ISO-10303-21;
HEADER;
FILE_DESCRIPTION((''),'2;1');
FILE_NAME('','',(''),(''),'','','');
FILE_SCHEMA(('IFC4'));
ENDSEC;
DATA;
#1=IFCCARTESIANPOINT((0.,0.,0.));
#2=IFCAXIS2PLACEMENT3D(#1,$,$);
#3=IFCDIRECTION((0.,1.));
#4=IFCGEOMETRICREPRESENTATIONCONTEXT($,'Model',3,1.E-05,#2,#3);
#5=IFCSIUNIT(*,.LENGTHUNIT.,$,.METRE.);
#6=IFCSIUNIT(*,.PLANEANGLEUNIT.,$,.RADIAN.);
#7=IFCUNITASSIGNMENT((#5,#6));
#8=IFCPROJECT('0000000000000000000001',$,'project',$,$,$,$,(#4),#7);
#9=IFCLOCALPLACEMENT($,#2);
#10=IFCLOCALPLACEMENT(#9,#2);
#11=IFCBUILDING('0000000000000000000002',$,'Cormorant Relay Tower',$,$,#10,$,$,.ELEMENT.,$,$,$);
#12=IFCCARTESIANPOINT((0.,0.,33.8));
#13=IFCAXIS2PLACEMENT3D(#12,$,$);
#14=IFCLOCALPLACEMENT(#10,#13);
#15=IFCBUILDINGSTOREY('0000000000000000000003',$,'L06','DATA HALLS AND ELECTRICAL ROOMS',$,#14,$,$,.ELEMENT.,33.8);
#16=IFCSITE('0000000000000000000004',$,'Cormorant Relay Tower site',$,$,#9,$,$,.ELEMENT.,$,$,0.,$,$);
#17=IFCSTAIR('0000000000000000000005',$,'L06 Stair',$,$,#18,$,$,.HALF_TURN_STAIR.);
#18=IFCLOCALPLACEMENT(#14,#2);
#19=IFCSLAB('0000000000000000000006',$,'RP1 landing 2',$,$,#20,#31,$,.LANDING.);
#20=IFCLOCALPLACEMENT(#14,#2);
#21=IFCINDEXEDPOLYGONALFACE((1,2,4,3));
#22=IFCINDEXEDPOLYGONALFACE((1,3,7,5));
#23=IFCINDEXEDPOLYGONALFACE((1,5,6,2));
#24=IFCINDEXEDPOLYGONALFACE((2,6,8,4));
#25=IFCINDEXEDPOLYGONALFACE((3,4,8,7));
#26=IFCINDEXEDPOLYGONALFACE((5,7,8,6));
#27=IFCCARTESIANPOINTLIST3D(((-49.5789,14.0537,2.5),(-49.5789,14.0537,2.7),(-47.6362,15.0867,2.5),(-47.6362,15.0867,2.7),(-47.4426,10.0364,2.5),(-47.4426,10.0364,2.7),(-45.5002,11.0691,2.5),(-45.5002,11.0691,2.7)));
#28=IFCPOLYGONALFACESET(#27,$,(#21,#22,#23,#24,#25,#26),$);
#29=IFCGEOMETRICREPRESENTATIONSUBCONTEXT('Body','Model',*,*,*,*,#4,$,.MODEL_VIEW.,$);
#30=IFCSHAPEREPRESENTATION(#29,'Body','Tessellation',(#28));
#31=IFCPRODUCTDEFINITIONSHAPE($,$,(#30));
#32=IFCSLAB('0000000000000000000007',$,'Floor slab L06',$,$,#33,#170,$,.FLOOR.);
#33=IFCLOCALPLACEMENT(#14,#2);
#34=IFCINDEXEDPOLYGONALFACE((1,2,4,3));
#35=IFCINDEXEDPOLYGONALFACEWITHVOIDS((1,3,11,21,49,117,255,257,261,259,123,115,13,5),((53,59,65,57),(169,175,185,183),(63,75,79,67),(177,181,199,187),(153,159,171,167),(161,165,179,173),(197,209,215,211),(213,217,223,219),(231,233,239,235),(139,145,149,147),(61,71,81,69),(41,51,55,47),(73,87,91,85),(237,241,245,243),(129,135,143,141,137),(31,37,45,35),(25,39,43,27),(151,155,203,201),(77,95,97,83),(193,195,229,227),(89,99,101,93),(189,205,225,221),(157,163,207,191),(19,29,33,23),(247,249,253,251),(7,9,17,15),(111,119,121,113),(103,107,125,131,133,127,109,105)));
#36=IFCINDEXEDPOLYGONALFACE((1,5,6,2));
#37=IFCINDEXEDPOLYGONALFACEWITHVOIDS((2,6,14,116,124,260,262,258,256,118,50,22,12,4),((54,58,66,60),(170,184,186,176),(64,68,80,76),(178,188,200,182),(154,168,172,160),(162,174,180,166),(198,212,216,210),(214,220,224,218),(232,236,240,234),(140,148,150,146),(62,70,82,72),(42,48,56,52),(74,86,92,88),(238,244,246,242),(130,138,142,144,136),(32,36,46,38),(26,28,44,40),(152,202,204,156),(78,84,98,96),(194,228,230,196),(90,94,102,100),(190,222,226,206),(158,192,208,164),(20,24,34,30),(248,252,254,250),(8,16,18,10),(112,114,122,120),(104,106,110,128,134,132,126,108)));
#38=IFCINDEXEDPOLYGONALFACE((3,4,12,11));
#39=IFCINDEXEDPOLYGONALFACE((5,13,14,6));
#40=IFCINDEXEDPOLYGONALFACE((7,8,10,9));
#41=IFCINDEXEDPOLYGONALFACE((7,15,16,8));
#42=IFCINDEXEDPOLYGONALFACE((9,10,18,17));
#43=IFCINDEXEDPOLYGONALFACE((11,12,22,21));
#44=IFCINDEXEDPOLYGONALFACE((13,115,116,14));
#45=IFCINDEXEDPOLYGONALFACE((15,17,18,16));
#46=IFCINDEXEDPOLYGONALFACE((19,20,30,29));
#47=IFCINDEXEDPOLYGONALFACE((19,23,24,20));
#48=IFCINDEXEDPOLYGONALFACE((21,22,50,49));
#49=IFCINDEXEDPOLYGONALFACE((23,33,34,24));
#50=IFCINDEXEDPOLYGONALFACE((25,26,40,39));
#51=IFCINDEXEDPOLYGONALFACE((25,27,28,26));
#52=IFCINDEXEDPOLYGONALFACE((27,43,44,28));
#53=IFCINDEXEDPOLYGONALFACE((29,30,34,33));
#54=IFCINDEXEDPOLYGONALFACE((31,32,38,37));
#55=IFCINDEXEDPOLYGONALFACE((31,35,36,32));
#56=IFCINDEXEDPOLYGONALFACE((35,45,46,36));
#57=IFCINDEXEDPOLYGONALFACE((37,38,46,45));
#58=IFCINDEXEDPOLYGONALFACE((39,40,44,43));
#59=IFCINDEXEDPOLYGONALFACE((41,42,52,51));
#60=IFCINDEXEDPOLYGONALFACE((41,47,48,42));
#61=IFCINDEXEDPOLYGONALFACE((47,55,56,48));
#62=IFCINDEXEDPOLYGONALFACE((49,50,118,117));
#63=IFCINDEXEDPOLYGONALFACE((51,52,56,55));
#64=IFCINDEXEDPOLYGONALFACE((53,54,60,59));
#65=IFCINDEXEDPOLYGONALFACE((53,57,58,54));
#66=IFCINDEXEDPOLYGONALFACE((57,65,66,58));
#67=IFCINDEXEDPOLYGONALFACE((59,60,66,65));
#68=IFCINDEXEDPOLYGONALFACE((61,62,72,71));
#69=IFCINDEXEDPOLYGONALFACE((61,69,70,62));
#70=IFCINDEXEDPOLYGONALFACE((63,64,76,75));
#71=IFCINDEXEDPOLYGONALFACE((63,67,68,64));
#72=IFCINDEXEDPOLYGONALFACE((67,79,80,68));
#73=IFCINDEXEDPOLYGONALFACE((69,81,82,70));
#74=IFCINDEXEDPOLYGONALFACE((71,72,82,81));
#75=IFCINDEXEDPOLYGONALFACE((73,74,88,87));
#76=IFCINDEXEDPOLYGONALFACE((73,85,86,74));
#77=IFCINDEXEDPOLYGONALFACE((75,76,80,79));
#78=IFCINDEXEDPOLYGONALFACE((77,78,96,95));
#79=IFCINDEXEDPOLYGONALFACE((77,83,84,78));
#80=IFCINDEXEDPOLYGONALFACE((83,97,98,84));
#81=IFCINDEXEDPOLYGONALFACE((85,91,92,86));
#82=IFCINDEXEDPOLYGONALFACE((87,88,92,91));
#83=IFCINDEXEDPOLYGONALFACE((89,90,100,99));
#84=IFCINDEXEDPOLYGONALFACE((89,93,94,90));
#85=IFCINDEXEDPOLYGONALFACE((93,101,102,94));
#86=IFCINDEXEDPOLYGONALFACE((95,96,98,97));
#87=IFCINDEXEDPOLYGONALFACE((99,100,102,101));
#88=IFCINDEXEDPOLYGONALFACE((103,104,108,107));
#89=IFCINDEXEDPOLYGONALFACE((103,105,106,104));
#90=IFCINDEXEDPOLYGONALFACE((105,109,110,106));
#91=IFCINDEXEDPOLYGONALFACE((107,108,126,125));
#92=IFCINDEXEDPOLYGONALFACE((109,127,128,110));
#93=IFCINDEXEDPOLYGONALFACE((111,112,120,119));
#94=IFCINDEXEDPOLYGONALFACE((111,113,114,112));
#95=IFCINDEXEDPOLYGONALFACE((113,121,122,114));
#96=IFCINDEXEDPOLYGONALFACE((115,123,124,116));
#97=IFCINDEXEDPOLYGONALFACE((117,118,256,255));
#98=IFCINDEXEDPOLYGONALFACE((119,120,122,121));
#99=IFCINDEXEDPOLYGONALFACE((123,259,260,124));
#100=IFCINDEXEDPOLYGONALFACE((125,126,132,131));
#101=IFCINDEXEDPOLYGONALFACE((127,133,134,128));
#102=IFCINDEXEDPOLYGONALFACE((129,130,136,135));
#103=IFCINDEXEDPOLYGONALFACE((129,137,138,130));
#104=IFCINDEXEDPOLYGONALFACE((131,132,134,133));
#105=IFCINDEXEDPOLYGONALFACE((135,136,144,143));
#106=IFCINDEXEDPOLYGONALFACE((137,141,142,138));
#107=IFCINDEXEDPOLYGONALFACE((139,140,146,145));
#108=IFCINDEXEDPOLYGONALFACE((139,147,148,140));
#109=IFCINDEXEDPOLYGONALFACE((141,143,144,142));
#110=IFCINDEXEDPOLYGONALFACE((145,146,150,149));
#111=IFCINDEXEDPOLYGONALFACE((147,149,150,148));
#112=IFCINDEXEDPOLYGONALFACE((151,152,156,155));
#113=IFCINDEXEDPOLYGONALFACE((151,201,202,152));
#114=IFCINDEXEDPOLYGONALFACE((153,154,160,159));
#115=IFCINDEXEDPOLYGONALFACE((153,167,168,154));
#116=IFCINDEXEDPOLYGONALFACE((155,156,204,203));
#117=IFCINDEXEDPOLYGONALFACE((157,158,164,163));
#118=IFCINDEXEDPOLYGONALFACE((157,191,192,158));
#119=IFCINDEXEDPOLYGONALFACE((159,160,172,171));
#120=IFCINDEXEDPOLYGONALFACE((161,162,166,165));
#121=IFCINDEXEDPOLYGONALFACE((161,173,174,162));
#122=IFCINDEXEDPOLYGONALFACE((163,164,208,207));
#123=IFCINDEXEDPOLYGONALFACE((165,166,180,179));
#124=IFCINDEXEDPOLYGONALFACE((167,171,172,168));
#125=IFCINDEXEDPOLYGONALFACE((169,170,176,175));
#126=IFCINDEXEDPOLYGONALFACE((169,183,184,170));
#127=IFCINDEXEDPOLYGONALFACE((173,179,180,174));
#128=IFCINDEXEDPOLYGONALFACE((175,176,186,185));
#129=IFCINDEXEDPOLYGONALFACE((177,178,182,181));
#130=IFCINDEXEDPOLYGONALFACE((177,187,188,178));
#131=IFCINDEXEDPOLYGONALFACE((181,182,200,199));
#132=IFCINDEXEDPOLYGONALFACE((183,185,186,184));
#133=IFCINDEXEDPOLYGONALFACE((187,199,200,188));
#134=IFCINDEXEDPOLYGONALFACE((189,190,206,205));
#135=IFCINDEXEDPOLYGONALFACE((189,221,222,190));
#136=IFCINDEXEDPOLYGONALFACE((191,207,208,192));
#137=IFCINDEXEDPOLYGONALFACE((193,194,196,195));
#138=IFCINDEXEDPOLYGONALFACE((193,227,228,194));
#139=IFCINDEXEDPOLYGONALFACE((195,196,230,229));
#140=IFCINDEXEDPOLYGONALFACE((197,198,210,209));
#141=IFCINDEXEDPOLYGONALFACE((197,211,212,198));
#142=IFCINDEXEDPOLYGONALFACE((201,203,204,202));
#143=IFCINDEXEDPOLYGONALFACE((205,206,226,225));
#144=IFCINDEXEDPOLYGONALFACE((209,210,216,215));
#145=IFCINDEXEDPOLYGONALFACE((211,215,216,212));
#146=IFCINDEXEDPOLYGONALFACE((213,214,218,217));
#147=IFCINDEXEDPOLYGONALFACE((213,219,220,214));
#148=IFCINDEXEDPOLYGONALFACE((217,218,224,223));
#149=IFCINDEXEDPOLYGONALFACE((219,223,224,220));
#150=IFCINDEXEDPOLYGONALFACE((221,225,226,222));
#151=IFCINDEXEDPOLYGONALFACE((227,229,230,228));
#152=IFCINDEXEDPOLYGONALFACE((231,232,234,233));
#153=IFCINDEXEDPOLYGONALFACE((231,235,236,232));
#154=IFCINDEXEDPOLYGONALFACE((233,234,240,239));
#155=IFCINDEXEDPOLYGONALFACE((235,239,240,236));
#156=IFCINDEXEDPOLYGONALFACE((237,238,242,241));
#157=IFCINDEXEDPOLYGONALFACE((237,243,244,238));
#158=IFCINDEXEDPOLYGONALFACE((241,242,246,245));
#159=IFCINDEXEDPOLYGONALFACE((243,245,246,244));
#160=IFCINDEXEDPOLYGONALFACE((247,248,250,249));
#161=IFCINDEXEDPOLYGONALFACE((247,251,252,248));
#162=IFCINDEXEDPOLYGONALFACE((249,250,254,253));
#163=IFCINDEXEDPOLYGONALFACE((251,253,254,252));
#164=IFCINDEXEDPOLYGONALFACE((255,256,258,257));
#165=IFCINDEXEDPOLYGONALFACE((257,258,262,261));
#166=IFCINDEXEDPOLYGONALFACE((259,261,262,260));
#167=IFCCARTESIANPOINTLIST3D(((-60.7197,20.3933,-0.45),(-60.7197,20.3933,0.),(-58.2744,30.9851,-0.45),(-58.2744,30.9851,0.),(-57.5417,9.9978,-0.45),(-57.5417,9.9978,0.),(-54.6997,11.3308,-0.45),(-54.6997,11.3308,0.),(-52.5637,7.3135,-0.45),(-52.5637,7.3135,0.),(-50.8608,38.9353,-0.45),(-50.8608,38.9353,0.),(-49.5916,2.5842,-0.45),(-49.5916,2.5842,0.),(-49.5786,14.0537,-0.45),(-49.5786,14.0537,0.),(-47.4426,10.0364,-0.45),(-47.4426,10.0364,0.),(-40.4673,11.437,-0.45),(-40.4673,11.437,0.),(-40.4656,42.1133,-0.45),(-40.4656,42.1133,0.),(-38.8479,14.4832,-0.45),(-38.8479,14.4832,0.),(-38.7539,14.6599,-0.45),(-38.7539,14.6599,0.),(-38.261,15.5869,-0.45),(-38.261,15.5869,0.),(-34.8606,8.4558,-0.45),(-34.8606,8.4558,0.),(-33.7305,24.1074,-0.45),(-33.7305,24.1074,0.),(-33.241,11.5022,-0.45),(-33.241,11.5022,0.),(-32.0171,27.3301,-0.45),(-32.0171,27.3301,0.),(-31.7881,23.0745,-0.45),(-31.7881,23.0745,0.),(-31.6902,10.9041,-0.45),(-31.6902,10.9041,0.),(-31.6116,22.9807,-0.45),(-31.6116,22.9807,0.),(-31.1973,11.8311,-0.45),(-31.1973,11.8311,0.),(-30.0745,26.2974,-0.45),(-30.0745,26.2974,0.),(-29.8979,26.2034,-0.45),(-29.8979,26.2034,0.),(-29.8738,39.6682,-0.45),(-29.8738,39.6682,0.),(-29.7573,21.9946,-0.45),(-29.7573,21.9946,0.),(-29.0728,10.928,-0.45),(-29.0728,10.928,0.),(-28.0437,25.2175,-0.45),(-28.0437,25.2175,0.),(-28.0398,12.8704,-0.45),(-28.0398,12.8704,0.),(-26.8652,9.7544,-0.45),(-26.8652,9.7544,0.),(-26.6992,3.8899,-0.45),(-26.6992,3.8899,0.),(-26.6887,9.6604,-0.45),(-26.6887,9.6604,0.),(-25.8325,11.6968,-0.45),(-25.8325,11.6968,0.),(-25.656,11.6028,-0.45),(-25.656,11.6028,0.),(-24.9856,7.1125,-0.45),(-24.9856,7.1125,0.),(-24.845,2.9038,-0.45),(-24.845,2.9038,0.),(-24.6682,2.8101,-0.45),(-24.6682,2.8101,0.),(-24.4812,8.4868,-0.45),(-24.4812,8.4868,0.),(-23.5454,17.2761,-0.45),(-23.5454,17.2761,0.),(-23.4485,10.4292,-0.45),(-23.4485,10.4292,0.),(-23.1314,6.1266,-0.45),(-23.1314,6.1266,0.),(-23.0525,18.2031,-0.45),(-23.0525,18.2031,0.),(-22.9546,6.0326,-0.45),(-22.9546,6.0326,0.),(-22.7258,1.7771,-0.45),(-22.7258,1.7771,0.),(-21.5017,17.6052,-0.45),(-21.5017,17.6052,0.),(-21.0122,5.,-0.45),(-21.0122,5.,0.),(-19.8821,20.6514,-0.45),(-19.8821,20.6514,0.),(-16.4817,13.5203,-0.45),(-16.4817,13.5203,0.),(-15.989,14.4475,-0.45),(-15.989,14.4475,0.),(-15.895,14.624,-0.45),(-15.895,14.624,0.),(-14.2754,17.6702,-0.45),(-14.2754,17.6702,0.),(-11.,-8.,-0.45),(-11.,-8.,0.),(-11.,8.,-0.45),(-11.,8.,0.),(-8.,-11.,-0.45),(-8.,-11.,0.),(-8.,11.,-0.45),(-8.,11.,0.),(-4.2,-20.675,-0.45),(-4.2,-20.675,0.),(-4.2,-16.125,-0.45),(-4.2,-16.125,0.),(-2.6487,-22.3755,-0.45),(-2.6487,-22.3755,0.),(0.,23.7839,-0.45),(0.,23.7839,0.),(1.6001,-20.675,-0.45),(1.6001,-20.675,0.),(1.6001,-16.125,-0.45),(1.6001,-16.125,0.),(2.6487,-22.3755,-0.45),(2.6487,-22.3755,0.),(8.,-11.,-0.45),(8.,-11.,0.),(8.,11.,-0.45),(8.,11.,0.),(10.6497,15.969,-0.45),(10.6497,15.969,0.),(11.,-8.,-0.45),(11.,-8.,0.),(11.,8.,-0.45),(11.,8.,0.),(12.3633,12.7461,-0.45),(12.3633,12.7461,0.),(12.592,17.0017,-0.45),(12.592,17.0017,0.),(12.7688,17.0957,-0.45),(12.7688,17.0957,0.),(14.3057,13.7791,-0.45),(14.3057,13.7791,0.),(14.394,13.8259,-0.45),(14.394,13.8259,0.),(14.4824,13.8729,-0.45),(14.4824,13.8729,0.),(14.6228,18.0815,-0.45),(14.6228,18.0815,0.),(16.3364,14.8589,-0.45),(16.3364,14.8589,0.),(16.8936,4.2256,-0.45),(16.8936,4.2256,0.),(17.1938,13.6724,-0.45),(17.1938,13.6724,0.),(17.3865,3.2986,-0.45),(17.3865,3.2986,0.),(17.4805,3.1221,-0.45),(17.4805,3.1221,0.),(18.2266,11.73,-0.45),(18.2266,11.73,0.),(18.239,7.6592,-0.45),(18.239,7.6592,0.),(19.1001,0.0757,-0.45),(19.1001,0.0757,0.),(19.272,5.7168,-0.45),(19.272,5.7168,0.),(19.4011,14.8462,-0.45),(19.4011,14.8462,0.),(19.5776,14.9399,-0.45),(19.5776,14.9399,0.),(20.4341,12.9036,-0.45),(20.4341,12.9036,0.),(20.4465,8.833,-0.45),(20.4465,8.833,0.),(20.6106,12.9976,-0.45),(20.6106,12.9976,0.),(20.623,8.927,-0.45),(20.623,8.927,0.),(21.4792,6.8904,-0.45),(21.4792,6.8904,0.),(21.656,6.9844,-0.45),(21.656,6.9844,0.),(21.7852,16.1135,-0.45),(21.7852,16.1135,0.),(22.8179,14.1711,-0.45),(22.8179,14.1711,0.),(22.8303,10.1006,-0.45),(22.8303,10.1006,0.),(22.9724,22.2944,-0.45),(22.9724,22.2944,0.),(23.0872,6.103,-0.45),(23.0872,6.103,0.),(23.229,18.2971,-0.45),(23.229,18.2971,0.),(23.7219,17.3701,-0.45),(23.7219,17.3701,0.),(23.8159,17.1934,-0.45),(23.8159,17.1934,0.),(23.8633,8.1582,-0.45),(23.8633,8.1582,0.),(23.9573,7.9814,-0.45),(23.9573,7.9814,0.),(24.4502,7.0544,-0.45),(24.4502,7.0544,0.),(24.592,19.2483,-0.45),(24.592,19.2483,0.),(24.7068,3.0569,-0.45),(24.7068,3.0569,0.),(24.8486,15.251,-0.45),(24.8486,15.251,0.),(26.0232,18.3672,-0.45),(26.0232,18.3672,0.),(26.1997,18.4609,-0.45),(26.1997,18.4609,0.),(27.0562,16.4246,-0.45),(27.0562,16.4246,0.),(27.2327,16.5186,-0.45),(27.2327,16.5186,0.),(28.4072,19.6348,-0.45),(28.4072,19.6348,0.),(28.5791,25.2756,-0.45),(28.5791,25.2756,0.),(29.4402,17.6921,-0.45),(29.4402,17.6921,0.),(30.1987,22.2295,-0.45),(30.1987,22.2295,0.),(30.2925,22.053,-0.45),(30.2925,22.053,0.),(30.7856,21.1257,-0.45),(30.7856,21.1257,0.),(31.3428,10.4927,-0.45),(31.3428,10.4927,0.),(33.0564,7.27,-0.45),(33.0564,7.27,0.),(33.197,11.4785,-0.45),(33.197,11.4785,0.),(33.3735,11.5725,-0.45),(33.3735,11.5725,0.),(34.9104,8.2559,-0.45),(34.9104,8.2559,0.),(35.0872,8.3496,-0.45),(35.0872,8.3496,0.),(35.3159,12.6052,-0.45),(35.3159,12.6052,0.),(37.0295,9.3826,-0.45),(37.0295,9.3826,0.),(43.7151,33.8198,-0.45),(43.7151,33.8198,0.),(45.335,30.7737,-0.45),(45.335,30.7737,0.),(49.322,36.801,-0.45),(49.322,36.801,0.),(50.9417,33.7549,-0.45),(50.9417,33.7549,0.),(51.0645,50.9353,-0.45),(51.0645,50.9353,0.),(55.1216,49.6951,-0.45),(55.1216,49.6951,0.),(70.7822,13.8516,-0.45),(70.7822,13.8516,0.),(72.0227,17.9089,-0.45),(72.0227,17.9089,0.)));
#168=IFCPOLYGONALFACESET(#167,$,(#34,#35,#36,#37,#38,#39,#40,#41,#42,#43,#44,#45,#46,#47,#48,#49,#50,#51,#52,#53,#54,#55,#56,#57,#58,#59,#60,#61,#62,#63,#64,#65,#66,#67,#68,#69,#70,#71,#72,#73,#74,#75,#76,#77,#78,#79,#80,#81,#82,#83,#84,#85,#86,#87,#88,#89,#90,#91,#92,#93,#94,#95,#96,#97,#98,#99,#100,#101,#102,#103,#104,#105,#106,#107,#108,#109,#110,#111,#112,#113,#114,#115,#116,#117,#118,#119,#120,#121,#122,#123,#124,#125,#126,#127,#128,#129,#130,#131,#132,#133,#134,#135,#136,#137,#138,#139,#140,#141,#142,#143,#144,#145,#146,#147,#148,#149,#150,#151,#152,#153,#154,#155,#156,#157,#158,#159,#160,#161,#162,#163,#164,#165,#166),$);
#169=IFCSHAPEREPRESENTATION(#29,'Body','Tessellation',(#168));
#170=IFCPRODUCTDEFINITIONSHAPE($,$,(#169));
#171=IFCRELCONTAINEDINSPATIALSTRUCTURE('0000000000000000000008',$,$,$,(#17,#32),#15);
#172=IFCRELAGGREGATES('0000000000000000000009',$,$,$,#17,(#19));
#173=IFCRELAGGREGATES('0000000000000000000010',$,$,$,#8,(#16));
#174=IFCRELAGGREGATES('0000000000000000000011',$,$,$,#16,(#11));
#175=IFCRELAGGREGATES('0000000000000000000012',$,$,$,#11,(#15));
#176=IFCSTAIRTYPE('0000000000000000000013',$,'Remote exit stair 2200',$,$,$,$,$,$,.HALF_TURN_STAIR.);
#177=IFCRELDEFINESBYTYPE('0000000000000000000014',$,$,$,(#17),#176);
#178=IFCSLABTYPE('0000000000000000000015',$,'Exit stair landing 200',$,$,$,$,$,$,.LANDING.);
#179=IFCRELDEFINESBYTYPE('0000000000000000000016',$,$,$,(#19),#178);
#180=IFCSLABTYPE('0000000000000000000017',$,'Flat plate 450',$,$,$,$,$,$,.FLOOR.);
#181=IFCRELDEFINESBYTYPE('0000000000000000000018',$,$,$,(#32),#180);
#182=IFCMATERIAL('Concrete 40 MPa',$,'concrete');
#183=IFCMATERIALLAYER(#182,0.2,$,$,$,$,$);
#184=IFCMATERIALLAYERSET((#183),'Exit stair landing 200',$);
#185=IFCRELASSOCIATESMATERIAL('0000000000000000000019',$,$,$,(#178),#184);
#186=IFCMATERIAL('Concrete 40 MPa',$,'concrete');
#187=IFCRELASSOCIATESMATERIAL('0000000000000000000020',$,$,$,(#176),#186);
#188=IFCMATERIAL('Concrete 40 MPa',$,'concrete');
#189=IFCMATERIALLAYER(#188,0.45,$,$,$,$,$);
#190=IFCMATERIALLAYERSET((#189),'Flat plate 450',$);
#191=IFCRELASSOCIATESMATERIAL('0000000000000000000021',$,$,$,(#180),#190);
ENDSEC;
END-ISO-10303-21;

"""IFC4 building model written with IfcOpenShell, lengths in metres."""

from ifc_helpers import new_model, si_unit, direction, frame, origin, place, context, subcontext, project, spatial, polyline, outline, extrude, material, layer, layer_set, type_object, element, aggregate, save


model = new_model("IFC4")

# Units and contexts
model_context = context("Model", 3, precision=1e-05, world=origin(), true_north=direction((0.0, 1.0)))
body_context = subcontext(model_context, "Body", "Model", "MODEL_VIEW")
ifc_project = project(units=[si_unit("LENGTHUNIT", "METRE"), si_unit("PLANEANGLEUNIT", "RADIAN")], contexts=[model_context])

# Site, building, storey
site_placement = place(None, origin())
site = spatial("IfcSite", under=ifc_project, at=site_placement, Name="Cormorant Relay Tower site", CompositionType="ELEMENT", RefElevation=0.0)
building_placement = place(site_placement, origin())
building = spatial("IfcBuilding", under=site, at=building_placement, Name="Cormorant Relay Tower", CompositionType="ELEMENT")
storey_placement = place(building_placement, frame((0.0, 0.0, 33.8)))
storey = spatial("IfcBuildingStorey", under=building, at=storey_placement, Name="L06", Description="DATA HALLS AND ELECTRICAL ROOMS", CompositionType="ELEMENT", Elevation=33.8)

# Shared definitions
ifc_material_1 = material(Name="Concrete 40 MPa", Category="concrete")
ifc_layer_1 = layer(ifc_material_1, 0.2)
ifc_layer_set_1 = layer_set([ifc_layer_1], Name="Exit stair landing 200")
slab_type_1 = type_object("IfcSlabType", Name="Exit stair landing 200", PredefinedType="LANDING", material=ifc_layer_set_1)

# Stair, slab
ifc_material_2 = material(Name="Concrete 40 MPa", Category="concrete")
stair_type_1 = type_object("IfcStairType", Name="Remote exit stair 2200", PredefinedType="HALF_TURN_STAIR", material=ifc_material_2)
stair_1_placement = place(storey_placement, origin())
stair_1 = element("IfcStair", 1, at=stair_1_placement, inside=storey, type_object=stair_type_1, Name="L06 Stair", PredefinedType="HALF_TURN_STAIR")
slab_1_placement = place(storey_placement, frame((0.0, 0.0, 2.5)))
slab_1 = element("IfcSlab", 2, at=slab_1_placement, type_object=slab_type_1, Name="RP1 landing 2", PredefinedType="LANDING", context=body_context, shape_type="SweptSolid", body=[
    extrude(outline(polyline([(-47.6362, 15.0867), (-49.5789, 14.0537), (-47.4426, 10.0364), (-45.5002, 11.0691), (-47.6362, 15.0867)])), origin(), (0.0, 0.0, 1.0), 0.2),
])
aggregate(stair_1, [slab_1])

# Slab
ifc_material_3 = material(Name="Concrete 40 MPa", Category="concrete")
ifc_layer_2 = layer(ifc_material_3, 0.45)
ifc_layer_set_2 = layer_set([ifc_layer_2], Name="Flat plate 450")
slab_type_2 = type_object("IfcSlabType", Name="Flat plate 450", PredefinedType="FLOOR", material=ifc_layer_set_2)
slab_2_placement = place(storey_placement, frame((0.0, 0.0, -0.45)))
element("IfcSlab", 3, at=slab_2_placement, inside=storey, type_object=slab_type_2, Name="Floor slab L06", PredefinedType="FLOOR", context=body_context, shape_type="SweptSolid", body=[
    extrude(outline(polyline([(-60.7197, 20.3933), (-58.2744, 30.9851), (-50.8608, 38.9353), (-40.4656, 42.1133), (-29.8738, 39.6682), (0.0, 23.7839), (51.0645, 50.9353), (55.1216, 49.6951), (72.0227, 17.9089), (70.7822, 13.8516), (2.6487, -22.3755), (-2.6487, -22.3755), (-49.5916, 2.5842), (-57.5417, 9.9978), (-60.7197, 20.3933)]), holes=[polyline([(11.0, -8.0), (11.0, 8.0), (8.0, 11.0), (-8.0, 11.0), (-11.0, 8.0), (-11.0, -8.0), (-8.0, -11.0), (8.0, -11.0), (11.0, -8.0)]), polyline([(-4.2, -16.125), (-4.2, -20.675), (1.6001, -20.675), (1.6001, -16.125), (-4.2, -16.125)]), polyline([(-22.9546, 6.0327), (-24.6682, 2.8101), (-22.7258, 1.7771), (-21.0122, 5.0), (-23.043, 6.0796), (-22.9546, 6.0327)]), polyline([(-24.9856, 7.1125), (-26.6992, 3.8899), (-24.845, 2.9038), (-23.1313, 6.1267), (-23.043, 6.0796), (-24.9856, 7.1125)]), polyline([(-26.6887, 9.6604), (-24.4812, 8.4868), (-23.4485, 10.4292), (-25.656, 11.6028), (-26.6887, 9.6604)]), polyline([(-49.5786, 14.0537), (-54.6997, 11.3308), (-52.5637, 7.3135), (-47.4426, 10.0364), (-49.5786, 14.0537)]), polyline([(-28.0398, 12.8704), (-29.0728, 10.928), (-26.8652, 9.7544), (-25.8325, 11.6968), (-28.0398, 12.8704)]), polyline([(-38.8479, 14.4832), (-40.4673, 11.437), (-34.8606, 8.4558), (-33.241, 11.5022), (-38.8479, 14.4832)]), polyline([(-38.261, 15.5869), (-38.7539, 14.6599), (-31.6902, 10.9041), (-31.1973, 11.8311), (-38.261, 15.5869)]), polyline([(14.3057, 13.7791), (12.592, 17.0017), (10.6497, 15.969), (12.3633, 12.7461), (14.394, 13.8259), (14.3057, 13.7791)]), polyline([(16.3364, 14.8589), (14.6228, 18.0815), (12.7688, 17.0957), (14.4824, 13.8728), (14.394, 13.8259), (16.3364, 14.8589)]), polyline([(-16.4817, 13.5203), (-15.989, 14.4475), (-23.0525, 18.2031), (-23.5454, 17.2761), (-16.4817, 13.5203)]), polyline([(-21.5017, 17.6052), (-15.895, 14.624), (-14.2754, 17.6702), (-19.8821, 20.6514), (-21.5017, 17.6052)]), polyline([(-31.6116, 22.9807), (-29.7573, 21.9946), (-28.0437, 25.2175), (-29.8979, 26.2034), (-31.6116, 22.9807)]), polyline([(-33.7305, 24.1074), (-31.7881, 23.0745), (-30.0745, 26.2974), (-32.0171, 27.3301), (-33.7305, 24.1074)]), polyline([(23.0872, 6.103), (17.4805, 3.1221), (19.1001, 0.0757), (24.7068, 3.0569), (23.0872, 6.103)]), polyline([(16.8936, 4.2256), (17.3865, 3.2986), (24.4502, 7.0544), (23.9573, 7.9814), (16.8936, 4.2256)]), polyline([(20.4465, 8.833), (18.239, 7.6592), (19.272, 5.7168), (21.4792, 6.8904), (20.4465, 8.833)]), polyline([(22.8303, 10.1006), (20.623, 8.927), (21.656, 6.9844), (23.8633, 8.1582), (22.8303, 10.1006)]), polyline([(33.197, 11.4785), (31.3428, 10.4927), (33.0564, 7.27), (34.9104, 8.2559), (33.197, 11.4785)]), polyline([(33.3735, 11.5725), (35.0872, 8.3496), (37.0295, 9.3826), (35.3159, 12.6052), (33.3735, 11.5725)]), polyline([(19.4011, 14.8462), (17.1938, 13.6724), (18.2266, 11.73), (20.4341, 12.9036), (19.4011, 14.8462)]), polyline([(22.8179, 14.1711), (21.7852, 16.1135), (19.5776, 14.9399), (20.6106, 12.9976), (22.8179, 14.1711)]), polyline([(26.0232, 18.3672), (23.8159, 17.1934), (24.8486, 15.251), (27.0562, 16.4246), (26.0232, 18.3672)]), polyline([(29.4402, 17.6921), (28.4072, 19.6348), (26.1997, 18.4609), (27.2327, 16.5186), (29.4402, 17.6921)]), polyline([(30.7856, 21.1257), (30.2925, 22.053), (23.229, 18.2971), (23.7219, 17.3701), (30.7856, 21.1257)]), polyline([(24.592, 19.2483), (30.1987, 22.2295), (28.5791, 25.2756), (22.9724, 22.2944), (24.592, 19.2483)]), polyline([(45.335, 30.7737), (50.9417, 33.7549), (49.322, 36.801), (43.7151, 33.8198), (45.335, 30.7737)])]), origin(), (0.0, 0.0, 1.0), 0.45),
])

save(model, "model.ifc")
